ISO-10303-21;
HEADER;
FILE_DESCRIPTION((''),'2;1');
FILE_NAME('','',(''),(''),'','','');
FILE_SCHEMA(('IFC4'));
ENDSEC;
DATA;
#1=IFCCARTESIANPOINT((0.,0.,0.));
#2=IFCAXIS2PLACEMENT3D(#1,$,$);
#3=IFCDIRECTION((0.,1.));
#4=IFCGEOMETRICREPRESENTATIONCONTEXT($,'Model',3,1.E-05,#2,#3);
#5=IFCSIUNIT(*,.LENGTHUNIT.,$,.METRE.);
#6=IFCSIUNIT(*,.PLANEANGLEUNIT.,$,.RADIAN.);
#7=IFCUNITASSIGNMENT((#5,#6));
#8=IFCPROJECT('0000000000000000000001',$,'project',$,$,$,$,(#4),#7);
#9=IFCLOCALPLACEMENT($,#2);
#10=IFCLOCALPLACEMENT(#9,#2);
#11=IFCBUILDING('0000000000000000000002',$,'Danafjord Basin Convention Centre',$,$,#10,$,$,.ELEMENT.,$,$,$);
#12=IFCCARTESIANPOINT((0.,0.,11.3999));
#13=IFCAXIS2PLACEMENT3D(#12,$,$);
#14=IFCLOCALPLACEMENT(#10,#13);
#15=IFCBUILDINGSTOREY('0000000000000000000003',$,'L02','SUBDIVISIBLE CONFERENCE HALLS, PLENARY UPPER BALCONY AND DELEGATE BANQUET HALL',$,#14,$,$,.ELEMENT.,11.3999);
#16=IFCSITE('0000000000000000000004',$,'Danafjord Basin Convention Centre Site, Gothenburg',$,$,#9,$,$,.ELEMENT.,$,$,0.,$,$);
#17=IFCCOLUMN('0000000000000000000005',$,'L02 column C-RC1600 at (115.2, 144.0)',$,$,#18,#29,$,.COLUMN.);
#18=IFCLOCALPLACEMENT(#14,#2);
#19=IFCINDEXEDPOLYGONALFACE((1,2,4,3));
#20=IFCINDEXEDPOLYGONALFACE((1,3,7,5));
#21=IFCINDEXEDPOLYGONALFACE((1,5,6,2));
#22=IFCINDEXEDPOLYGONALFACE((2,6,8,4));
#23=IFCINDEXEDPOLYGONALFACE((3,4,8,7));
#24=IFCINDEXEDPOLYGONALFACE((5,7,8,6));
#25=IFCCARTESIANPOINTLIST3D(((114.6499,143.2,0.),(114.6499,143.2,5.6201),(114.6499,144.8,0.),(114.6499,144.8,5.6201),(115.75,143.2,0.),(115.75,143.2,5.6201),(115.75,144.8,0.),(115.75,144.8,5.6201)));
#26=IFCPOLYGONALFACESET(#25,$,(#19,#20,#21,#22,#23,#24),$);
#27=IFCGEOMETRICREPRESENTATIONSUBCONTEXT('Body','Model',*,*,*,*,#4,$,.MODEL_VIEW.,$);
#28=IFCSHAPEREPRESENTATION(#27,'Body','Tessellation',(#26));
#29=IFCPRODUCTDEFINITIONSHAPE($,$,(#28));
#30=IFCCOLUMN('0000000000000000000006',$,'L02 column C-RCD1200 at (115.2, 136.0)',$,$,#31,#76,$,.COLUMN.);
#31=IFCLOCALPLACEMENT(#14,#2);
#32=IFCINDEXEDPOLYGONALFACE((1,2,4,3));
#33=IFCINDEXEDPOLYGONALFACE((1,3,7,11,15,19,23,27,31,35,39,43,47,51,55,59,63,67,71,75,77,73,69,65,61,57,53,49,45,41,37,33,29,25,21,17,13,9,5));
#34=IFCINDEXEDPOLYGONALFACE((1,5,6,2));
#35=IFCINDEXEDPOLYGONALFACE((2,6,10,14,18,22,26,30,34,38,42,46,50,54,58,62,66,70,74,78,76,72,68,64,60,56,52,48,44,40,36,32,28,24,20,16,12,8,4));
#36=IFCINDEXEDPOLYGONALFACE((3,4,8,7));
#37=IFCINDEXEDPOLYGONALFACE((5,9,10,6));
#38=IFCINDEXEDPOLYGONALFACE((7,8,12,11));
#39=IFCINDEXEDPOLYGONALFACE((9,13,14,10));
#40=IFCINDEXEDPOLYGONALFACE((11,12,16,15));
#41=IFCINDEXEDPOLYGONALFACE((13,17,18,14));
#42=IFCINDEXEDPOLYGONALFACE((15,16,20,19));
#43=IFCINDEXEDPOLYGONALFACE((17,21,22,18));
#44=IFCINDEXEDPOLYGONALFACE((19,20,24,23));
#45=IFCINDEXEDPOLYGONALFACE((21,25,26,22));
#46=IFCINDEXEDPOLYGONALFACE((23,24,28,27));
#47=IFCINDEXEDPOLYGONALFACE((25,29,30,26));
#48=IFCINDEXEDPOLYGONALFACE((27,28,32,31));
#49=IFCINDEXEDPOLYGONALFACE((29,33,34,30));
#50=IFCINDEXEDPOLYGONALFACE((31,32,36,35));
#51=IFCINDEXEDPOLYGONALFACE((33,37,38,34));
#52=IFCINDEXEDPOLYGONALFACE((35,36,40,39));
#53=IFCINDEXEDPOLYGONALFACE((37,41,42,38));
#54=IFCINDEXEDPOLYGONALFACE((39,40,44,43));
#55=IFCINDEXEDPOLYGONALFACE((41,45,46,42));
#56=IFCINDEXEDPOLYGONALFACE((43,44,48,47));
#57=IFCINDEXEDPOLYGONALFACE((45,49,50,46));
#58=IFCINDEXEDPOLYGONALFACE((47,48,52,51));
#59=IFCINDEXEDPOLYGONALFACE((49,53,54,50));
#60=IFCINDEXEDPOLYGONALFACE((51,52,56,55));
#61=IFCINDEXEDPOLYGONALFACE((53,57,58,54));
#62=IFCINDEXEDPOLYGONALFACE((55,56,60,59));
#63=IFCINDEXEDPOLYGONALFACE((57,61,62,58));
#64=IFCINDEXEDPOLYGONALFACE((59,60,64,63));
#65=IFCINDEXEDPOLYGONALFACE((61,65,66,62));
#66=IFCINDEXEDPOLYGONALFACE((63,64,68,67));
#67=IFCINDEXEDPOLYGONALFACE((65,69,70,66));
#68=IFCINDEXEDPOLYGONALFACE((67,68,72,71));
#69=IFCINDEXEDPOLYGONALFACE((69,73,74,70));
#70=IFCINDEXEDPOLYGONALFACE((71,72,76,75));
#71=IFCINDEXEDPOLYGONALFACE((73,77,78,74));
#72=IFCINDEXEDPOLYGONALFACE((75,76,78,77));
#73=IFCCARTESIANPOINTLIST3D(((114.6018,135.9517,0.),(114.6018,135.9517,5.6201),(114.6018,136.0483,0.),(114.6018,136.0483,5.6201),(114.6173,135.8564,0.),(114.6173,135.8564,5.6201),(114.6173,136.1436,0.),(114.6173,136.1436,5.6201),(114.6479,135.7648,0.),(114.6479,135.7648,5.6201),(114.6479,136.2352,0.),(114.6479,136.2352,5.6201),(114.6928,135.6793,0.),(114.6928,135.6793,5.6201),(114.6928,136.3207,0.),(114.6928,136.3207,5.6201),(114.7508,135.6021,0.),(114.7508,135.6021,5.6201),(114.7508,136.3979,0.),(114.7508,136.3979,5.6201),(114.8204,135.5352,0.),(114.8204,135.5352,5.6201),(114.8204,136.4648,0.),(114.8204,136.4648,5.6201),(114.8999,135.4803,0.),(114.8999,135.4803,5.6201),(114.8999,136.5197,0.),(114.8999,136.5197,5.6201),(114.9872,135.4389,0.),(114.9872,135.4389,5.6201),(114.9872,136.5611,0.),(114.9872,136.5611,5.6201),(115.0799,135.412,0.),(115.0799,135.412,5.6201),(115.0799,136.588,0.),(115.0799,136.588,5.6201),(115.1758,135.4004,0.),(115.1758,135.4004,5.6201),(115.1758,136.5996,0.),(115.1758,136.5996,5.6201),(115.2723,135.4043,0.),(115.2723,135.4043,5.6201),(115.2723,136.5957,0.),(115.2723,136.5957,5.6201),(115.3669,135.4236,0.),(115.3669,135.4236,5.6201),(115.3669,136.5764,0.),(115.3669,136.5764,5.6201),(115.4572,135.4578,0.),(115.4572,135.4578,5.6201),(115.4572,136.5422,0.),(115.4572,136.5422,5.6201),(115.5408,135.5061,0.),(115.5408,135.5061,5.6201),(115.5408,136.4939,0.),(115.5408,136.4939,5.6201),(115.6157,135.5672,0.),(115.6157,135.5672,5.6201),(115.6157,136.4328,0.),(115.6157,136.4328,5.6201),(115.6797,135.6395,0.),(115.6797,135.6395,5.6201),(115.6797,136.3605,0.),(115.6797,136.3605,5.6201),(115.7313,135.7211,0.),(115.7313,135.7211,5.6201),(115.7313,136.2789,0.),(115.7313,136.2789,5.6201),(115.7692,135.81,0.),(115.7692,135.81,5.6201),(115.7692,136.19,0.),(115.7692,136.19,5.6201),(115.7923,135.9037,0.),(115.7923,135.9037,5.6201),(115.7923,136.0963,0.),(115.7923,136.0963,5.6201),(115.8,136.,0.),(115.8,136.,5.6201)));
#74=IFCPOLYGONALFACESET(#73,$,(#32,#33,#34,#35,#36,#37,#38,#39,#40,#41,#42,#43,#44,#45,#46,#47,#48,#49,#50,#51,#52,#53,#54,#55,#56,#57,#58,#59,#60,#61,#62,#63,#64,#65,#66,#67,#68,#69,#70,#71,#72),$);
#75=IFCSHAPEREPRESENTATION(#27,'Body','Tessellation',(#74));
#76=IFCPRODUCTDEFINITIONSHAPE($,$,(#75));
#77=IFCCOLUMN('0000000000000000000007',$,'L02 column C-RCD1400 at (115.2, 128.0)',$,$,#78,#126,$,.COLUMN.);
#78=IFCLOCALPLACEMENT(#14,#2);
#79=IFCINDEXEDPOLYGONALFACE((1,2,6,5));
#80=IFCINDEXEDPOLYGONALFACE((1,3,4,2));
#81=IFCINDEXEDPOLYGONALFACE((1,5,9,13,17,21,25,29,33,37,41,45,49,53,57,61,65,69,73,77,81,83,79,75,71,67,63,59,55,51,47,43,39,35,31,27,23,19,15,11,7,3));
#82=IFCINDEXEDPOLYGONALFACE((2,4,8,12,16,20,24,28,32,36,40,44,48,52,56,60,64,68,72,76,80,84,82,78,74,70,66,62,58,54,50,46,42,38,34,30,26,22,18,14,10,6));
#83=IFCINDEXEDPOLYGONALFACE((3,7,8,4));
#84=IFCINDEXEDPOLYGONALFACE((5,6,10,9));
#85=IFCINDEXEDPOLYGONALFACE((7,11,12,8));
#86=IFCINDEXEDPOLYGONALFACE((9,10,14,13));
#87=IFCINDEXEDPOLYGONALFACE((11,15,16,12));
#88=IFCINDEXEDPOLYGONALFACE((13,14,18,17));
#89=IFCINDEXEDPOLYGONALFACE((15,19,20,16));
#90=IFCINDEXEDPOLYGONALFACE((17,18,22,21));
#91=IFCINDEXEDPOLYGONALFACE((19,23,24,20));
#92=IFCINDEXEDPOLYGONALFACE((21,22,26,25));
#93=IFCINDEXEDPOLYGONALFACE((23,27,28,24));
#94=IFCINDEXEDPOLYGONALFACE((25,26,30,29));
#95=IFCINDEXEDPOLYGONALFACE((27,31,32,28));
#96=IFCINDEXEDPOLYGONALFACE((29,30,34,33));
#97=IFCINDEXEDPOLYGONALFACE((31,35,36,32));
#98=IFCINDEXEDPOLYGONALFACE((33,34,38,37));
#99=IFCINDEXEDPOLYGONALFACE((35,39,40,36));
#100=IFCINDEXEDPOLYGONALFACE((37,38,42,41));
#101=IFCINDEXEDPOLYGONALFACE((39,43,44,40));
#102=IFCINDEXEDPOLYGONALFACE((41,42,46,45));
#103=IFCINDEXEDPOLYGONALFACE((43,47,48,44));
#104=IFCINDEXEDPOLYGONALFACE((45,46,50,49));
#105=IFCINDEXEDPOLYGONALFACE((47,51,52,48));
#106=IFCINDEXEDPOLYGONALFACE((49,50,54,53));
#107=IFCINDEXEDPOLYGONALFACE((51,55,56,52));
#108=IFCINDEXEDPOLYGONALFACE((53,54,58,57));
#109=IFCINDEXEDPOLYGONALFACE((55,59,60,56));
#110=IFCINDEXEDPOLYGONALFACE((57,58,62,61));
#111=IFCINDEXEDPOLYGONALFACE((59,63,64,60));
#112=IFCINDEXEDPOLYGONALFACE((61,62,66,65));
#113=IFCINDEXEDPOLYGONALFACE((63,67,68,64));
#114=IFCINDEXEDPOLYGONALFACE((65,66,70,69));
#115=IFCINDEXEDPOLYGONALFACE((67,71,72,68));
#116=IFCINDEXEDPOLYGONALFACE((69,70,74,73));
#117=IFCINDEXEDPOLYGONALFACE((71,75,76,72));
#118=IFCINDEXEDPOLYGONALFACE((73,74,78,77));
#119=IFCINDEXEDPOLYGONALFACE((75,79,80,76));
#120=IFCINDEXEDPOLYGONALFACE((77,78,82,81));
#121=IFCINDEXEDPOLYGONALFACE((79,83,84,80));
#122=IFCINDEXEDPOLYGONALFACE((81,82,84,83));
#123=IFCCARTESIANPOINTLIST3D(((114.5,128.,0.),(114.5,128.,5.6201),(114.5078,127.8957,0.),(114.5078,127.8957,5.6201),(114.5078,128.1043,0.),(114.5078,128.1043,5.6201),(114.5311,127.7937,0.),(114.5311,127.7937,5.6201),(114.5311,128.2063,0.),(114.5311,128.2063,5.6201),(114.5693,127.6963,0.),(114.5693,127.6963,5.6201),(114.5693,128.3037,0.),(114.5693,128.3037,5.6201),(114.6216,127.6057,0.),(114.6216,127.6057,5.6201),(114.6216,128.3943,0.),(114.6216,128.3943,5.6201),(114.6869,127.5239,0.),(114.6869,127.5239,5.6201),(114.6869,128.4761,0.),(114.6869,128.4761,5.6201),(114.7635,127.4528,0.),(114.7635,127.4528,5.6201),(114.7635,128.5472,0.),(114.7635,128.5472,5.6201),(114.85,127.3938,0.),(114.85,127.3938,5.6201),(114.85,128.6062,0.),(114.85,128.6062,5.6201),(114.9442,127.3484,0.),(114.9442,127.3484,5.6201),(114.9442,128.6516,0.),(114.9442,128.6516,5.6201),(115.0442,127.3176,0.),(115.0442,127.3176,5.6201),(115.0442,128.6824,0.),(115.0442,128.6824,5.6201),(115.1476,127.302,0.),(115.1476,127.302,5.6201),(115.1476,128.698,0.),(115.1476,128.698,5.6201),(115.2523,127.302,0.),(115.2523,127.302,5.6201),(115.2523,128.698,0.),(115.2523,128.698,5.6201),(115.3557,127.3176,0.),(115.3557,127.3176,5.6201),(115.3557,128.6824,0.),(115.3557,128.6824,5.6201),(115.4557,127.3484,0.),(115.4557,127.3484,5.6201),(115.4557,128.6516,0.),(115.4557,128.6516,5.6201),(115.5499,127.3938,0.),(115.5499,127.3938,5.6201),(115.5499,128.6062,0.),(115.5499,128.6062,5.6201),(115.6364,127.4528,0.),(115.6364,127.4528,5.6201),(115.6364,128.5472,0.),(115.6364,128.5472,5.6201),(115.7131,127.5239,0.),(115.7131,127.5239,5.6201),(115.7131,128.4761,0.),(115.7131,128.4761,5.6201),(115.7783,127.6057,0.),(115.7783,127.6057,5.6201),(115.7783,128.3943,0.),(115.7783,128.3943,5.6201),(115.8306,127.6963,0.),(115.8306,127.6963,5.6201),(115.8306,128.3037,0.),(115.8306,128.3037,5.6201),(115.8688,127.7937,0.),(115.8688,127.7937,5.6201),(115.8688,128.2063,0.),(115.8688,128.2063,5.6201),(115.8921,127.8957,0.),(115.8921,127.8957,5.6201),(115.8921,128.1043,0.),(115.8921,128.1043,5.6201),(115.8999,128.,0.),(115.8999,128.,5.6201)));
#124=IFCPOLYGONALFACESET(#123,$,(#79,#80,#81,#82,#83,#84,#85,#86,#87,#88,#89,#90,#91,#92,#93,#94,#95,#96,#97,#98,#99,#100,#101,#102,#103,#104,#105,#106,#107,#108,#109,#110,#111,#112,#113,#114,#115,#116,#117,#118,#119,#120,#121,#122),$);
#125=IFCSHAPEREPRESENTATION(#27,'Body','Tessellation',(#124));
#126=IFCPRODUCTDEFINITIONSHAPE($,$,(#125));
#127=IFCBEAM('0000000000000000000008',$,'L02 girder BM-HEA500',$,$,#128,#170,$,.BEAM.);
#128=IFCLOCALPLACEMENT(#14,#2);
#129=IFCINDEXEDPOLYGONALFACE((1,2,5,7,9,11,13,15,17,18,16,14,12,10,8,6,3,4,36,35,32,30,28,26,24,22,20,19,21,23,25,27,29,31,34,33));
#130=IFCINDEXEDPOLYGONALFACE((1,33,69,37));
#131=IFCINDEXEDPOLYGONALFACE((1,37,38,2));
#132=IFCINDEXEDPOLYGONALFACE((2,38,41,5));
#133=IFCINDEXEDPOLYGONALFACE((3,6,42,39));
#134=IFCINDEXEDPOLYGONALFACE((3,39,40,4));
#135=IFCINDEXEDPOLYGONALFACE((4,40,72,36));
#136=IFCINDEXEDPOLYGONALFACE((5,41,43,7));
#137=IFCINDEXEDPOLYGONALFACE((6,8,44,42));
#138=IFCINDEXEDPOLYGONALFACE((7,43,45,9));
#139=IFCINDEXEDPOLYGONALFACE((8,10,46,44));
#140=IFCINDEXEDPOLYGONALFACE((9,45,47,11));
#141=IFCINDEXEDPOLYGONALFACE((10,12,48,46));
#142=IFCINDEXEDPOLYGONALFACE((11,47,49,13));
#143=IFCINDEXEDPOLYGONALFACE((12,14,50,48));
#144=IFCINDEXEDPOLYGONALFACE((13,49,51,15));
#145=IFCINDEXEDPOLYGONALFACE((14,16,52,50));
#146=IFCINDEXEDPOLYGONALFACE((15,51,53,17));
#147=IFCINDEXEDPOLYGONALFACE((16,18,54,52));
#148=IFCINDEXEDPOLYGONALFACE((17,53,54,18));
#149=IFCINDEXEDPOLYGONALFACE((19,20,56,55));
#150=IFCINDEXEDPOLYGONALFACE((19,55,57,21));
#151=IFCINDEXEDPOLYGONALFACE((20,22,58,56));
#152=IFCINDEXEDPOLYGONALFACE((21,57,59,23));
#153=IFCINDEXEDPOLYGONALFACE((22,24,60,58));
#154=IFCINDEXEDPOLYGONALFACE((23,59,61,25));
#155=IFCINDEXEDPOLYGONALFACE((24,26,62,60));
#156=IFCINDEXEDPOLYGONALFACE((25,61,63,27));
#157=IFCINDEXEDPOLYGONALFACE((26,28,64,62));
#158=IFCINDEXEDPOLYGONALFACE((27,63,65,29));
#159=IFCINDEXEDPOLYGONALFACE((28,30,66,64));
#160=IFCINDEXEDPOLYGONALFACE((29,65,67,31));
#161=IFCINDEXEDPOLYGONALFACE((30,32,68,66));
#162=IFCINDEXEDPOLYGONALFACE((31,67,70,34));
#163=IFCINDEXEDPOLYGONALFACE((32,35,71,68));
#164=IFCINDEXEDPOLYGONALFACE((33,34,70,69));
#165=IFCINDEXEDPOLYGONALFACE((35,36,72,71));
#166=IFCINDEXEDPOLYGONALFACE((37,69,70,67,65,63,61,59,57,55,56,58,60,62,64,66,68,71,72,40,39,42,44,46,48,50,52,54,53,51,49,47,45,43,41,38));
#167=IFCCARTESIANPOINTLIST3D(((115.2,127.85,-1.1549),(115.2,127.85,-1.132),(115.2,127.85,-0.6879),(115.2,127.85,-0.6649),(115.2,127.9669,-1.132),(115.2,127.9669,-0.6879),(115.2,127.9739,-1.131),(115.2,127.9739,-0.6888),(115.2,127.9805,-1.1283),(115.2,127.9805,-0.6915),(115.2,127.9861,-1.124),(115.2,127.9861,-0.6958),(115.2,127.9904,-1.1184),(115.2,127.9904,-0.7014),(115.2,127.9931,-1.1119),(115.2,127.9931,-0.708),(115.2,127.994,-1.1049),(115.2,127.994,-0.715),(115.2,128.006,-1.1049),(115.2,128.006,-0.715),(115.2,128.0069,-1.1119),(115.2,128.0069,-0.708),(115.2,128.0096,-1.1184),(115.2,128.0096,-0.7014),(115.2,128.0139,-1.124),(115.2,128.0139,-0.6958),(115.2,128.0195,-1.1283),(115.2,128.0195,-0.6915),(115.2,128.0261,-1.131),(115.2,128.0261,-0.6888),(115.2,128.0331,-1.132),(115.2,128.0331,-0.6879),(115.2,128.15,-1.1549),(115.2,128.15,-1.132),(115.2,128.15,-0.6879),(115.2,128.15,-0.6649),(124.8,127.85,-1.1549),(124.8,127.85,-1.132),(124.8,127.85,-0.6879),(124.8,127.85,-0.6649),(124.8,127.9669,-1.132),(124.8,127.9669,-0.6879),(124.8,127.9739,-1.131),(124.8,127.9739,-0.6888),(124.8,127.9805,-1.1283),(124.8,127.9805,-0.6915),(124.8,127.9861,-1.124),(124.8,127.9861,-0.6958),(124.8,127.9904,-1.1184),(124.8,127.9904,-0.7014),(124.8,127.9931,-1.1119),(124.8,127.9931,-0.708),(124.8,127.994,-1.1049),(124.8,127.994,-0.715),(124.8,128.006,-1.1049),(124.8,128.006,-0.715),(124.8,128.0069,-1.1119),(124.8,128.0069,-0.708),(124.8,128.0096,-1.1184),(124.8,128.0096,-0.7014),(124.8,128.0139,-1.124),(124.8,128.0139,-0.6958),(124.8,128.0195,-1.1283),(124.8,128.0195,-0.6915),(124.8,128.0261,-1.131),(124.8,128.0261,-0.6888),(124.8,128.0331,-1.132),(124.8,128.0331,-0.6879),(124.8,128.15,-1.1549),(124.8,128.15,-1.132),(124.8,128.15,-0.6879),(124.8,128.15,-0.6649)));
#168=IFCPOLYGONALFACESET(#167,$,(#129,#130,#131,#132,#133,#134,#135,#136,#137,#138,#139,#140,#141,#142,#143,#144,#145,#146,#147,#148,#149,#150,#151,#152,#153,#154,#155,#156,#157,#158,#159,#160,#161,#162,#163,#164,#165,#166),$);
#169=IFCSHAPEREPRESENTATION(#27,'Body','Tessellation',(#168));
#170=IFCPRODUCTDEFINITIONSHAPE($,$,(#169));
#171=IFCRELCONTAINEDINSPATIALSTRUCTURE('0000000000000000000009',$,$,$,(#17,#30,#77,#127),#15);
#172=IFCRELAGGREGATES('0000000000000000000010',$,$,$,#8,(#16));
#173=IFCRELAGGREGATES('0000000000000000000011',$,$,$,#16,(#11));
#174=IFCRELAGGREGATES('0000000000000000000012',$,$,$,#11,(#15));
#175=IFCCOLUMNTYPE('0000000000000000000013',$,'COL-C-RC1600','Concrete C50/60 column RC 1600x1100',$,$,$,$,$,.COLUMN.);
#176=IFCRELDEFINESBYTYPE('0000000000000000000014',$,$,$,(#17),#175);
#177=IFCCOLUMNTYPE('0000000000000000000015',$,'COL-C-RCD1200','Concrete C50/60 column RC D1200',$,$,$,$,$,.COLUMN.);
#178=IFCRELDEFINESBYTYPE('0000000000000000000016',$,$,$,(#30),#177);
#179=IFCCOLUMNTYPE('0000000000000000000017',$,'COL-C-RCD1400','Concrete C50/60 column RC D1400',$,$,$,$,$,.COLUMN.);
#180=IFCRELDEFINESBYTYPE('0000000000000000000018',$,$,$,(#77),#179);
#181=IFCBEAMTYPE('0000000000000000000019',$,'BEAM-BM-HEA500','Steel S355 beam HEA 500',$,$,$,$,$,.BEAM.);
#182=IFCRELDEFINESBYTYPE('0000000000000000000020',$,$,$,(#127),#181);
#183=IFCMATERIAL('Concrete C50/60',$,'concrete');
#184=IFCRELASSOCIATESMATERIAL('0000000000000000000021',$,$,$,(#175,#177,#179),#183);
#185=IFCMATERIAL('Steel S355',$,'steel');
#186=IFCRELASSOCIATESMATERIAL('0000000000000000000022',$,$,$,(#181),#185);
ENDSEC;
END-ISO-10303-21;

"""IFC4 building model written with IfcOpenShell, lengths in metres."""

from ifc_helpers import new_model, si_unit, direction, frame, origin, origin_2d, place, context, subcontext, project, spatial, rectangle, circle, i_section, extrude, material, material_profile, profile_set, type_object, element, save


model = new_model("IFC4")

# Units and contexts
model_context = context("Model", 3, precision=1e-05, world=origin(), true_north=direction((0.0, 1.0)))
body_context = subcontext(model_context, "Body", "Model", "MODEL_VIEW")
ifc_project = project(units=[si_unit("LENGTHUNIT", "METRE"), si_unit("PLANEANGLEUNIT", "RADIAN")], contexts=[model_context])

# Site, building, storey
site_placement = place(None, origin())
site = spatial("IfcSite", under=ifc_project, at=site_placement, Name="Danafjord Basin Convention Centre Site, Gothenburg", CompositionType="ELEMENT", RefElevation=0.0)
building_placement = place(site_placement, origin())
building = spatial("IfcBuilding", under=site, at=building_placement, Name="Danafjord Basin Convention Centre", CompositionType="ELEMENT")
storey_placement = place(building_placement, frame((0.0, 0.0, 11.3999)))
storey = spatial("IfcBuildingStorey", under=building, at=storey_placement, Name="L02", Description="SUBDIVISIBLE CONFERENCE HALLS, PLENARY UPPER BALCONY AND DELEGATE BANQUET HALL", CompositionType="ELEMENT", Elevation=11.3999)

# Columns
ifc_material_1 = material(Name="Concrete C50/60", Category="concrete")
ifc_material_profile_1 = material_profile(ifc_material_1, rectangle(XDim=1.1001, YDim=1.6001, at=origin_2d()), Name="RC 1600x1100")
ifc_profile_set_1 = profile_set([ifc_material_profile_1], Name="Concrete C50/60")
column_type_1 = type_object("IfcColumnType", Name="COL-C-RC1600", Description="Concrete C50/60 column RC 1600x1100", PredefinedType="COLUMN", material=ifc_profile_set_1)
column_1_placement = place(storey_placement, frame((115.2, 144.0, 0.0), z_axis=(0.0, 0.0, 1.0), x_axis=(1.0, 0.0, 0.0)))
element("IfcColumn", 1, at=column_1_placement, inside=storey, type_object=column_type_1, Name="L02 column C-RC1600 at (115.2, 144.0)", PredefinedType="COLUMN", context=body_context, shape_type="SweptSolid", body=[
    extrude(rectangle(XDim=1.1001, YDim=1.6001, at=origin_2d()), origin(), (0.0, 0.0, 1.0), 5.6201),
])
ifc_material_profile_2 = material_profile(ifc_material_1, circle(Radius=0.6001, at=origin_2d()), Name="RC D1200")
ifc_profile_set_2 = profile_set([ifc_material_profile_2], Name="Concrete C50/60")
column_type_2 = type_object("IfcColumnType", Name="COL-C-RCD1200", Description="Concrete C50/60 column RC D1200", PredefinedType="COLUMN", material=ifc_profile_set_2)
column_2_placement = place(storey_placement, frame((115.2, 136.0, 0.0), z_axis=(0.0, 0.0, 1.0), x_axis=(1.0, 0.0, 0.0)))
element("IfcColumn", 2, at=column_2_placement, inside=storey, type_object=column_type_2, Name="L02 column C-RCD1200 at (115.2, 136.0)", PredefinedType="COLUMN", context=body_context, shape_type="SweptSolid", body=[
    extrude(circle(Radius=0.6001, at=origin_2d()), origin(), (0.0, 0.0, 1.0), 5.6201),
])
ifc_material_profile_3 = material_profile(ifc_material_1, circle(Radius=0.7, at=origin_2d()), Name="RC D1400")
ifc_profile_set_3 = profile_set([ifc_material_profile_3], Name="Concrete C50/60")
column_type_3 = type_object("IfcColumnType", Name="COL-C-RCD1400", Description="Concrete C50/60 column RC D1400", PredefinedType="COLUMN", material=ifc_profile_set_3)
column_3_placement = place(storey_placement, frame((115.2, 128.0, 0.0), z_axis=(0.0, 0.0, 1.0), x_axis=(1.0, 0.0, 0.0)))
element("IfcColumn", 3, at=column_3_placement, inside=storey, type_object=column_type_3, Name="L02 column C-RCD1400 at (115.2, 128.0)", PredefinedType="COLUMN", context=body_context, shape_type="SweptSolid", body=[
    extrude(circle(Radius=0.7, at=origin_2d()), origin(), (0.0, 0.0, 1.0), 5.6201),
])

# Beam
ifc_material_2 = material(Name="Steel S355", Category="steel")
ifc_material_profile_4 = material_profile(ifc_material_2, i_section(OverallWidth=0.3, OverallDepth=0.49, WebThickness=0.012, FlangeThickness=0.0229, FilletRadius=0.0271, at=origin_2d()), Name="HEA 500")
ifc_profile_set_4 = profile_set([ifc_material_profile_4], Name="Steel S355")
beam_type_1 = type_object("IfcBeamType", Name="BEAM-BM-HEA500", Description="Steel S355 beam HEA 500", PredefinedType="BEAM", material=ifc_profile_set_4)
beam_1_placement = place(storey_placement, frame((115.2, 128.0, -0.9099), z_axis=(1.0, 0.0, 0.0), x_axis=(0.0, 1.0, 0.0)))
element("IfcBeam", 4, at=beam_1_placement, inside=storey, type_object=beam_type_1, Name="L02 girder BM-HEA500", PredefinedType="BEAM", context=body_context, shape_type="SweptSolid", body=[
    extrude(i_section(OverallWidth=0.3, OverallDepth=0.49, WebThickness=0.012, FlangeThickness=0.0229, FilletRadius=0.0271, at=origin_2d()), origin(), (0.0, 0.0, 1.0), 9.6001),
])

save(model, "model.ifc")
